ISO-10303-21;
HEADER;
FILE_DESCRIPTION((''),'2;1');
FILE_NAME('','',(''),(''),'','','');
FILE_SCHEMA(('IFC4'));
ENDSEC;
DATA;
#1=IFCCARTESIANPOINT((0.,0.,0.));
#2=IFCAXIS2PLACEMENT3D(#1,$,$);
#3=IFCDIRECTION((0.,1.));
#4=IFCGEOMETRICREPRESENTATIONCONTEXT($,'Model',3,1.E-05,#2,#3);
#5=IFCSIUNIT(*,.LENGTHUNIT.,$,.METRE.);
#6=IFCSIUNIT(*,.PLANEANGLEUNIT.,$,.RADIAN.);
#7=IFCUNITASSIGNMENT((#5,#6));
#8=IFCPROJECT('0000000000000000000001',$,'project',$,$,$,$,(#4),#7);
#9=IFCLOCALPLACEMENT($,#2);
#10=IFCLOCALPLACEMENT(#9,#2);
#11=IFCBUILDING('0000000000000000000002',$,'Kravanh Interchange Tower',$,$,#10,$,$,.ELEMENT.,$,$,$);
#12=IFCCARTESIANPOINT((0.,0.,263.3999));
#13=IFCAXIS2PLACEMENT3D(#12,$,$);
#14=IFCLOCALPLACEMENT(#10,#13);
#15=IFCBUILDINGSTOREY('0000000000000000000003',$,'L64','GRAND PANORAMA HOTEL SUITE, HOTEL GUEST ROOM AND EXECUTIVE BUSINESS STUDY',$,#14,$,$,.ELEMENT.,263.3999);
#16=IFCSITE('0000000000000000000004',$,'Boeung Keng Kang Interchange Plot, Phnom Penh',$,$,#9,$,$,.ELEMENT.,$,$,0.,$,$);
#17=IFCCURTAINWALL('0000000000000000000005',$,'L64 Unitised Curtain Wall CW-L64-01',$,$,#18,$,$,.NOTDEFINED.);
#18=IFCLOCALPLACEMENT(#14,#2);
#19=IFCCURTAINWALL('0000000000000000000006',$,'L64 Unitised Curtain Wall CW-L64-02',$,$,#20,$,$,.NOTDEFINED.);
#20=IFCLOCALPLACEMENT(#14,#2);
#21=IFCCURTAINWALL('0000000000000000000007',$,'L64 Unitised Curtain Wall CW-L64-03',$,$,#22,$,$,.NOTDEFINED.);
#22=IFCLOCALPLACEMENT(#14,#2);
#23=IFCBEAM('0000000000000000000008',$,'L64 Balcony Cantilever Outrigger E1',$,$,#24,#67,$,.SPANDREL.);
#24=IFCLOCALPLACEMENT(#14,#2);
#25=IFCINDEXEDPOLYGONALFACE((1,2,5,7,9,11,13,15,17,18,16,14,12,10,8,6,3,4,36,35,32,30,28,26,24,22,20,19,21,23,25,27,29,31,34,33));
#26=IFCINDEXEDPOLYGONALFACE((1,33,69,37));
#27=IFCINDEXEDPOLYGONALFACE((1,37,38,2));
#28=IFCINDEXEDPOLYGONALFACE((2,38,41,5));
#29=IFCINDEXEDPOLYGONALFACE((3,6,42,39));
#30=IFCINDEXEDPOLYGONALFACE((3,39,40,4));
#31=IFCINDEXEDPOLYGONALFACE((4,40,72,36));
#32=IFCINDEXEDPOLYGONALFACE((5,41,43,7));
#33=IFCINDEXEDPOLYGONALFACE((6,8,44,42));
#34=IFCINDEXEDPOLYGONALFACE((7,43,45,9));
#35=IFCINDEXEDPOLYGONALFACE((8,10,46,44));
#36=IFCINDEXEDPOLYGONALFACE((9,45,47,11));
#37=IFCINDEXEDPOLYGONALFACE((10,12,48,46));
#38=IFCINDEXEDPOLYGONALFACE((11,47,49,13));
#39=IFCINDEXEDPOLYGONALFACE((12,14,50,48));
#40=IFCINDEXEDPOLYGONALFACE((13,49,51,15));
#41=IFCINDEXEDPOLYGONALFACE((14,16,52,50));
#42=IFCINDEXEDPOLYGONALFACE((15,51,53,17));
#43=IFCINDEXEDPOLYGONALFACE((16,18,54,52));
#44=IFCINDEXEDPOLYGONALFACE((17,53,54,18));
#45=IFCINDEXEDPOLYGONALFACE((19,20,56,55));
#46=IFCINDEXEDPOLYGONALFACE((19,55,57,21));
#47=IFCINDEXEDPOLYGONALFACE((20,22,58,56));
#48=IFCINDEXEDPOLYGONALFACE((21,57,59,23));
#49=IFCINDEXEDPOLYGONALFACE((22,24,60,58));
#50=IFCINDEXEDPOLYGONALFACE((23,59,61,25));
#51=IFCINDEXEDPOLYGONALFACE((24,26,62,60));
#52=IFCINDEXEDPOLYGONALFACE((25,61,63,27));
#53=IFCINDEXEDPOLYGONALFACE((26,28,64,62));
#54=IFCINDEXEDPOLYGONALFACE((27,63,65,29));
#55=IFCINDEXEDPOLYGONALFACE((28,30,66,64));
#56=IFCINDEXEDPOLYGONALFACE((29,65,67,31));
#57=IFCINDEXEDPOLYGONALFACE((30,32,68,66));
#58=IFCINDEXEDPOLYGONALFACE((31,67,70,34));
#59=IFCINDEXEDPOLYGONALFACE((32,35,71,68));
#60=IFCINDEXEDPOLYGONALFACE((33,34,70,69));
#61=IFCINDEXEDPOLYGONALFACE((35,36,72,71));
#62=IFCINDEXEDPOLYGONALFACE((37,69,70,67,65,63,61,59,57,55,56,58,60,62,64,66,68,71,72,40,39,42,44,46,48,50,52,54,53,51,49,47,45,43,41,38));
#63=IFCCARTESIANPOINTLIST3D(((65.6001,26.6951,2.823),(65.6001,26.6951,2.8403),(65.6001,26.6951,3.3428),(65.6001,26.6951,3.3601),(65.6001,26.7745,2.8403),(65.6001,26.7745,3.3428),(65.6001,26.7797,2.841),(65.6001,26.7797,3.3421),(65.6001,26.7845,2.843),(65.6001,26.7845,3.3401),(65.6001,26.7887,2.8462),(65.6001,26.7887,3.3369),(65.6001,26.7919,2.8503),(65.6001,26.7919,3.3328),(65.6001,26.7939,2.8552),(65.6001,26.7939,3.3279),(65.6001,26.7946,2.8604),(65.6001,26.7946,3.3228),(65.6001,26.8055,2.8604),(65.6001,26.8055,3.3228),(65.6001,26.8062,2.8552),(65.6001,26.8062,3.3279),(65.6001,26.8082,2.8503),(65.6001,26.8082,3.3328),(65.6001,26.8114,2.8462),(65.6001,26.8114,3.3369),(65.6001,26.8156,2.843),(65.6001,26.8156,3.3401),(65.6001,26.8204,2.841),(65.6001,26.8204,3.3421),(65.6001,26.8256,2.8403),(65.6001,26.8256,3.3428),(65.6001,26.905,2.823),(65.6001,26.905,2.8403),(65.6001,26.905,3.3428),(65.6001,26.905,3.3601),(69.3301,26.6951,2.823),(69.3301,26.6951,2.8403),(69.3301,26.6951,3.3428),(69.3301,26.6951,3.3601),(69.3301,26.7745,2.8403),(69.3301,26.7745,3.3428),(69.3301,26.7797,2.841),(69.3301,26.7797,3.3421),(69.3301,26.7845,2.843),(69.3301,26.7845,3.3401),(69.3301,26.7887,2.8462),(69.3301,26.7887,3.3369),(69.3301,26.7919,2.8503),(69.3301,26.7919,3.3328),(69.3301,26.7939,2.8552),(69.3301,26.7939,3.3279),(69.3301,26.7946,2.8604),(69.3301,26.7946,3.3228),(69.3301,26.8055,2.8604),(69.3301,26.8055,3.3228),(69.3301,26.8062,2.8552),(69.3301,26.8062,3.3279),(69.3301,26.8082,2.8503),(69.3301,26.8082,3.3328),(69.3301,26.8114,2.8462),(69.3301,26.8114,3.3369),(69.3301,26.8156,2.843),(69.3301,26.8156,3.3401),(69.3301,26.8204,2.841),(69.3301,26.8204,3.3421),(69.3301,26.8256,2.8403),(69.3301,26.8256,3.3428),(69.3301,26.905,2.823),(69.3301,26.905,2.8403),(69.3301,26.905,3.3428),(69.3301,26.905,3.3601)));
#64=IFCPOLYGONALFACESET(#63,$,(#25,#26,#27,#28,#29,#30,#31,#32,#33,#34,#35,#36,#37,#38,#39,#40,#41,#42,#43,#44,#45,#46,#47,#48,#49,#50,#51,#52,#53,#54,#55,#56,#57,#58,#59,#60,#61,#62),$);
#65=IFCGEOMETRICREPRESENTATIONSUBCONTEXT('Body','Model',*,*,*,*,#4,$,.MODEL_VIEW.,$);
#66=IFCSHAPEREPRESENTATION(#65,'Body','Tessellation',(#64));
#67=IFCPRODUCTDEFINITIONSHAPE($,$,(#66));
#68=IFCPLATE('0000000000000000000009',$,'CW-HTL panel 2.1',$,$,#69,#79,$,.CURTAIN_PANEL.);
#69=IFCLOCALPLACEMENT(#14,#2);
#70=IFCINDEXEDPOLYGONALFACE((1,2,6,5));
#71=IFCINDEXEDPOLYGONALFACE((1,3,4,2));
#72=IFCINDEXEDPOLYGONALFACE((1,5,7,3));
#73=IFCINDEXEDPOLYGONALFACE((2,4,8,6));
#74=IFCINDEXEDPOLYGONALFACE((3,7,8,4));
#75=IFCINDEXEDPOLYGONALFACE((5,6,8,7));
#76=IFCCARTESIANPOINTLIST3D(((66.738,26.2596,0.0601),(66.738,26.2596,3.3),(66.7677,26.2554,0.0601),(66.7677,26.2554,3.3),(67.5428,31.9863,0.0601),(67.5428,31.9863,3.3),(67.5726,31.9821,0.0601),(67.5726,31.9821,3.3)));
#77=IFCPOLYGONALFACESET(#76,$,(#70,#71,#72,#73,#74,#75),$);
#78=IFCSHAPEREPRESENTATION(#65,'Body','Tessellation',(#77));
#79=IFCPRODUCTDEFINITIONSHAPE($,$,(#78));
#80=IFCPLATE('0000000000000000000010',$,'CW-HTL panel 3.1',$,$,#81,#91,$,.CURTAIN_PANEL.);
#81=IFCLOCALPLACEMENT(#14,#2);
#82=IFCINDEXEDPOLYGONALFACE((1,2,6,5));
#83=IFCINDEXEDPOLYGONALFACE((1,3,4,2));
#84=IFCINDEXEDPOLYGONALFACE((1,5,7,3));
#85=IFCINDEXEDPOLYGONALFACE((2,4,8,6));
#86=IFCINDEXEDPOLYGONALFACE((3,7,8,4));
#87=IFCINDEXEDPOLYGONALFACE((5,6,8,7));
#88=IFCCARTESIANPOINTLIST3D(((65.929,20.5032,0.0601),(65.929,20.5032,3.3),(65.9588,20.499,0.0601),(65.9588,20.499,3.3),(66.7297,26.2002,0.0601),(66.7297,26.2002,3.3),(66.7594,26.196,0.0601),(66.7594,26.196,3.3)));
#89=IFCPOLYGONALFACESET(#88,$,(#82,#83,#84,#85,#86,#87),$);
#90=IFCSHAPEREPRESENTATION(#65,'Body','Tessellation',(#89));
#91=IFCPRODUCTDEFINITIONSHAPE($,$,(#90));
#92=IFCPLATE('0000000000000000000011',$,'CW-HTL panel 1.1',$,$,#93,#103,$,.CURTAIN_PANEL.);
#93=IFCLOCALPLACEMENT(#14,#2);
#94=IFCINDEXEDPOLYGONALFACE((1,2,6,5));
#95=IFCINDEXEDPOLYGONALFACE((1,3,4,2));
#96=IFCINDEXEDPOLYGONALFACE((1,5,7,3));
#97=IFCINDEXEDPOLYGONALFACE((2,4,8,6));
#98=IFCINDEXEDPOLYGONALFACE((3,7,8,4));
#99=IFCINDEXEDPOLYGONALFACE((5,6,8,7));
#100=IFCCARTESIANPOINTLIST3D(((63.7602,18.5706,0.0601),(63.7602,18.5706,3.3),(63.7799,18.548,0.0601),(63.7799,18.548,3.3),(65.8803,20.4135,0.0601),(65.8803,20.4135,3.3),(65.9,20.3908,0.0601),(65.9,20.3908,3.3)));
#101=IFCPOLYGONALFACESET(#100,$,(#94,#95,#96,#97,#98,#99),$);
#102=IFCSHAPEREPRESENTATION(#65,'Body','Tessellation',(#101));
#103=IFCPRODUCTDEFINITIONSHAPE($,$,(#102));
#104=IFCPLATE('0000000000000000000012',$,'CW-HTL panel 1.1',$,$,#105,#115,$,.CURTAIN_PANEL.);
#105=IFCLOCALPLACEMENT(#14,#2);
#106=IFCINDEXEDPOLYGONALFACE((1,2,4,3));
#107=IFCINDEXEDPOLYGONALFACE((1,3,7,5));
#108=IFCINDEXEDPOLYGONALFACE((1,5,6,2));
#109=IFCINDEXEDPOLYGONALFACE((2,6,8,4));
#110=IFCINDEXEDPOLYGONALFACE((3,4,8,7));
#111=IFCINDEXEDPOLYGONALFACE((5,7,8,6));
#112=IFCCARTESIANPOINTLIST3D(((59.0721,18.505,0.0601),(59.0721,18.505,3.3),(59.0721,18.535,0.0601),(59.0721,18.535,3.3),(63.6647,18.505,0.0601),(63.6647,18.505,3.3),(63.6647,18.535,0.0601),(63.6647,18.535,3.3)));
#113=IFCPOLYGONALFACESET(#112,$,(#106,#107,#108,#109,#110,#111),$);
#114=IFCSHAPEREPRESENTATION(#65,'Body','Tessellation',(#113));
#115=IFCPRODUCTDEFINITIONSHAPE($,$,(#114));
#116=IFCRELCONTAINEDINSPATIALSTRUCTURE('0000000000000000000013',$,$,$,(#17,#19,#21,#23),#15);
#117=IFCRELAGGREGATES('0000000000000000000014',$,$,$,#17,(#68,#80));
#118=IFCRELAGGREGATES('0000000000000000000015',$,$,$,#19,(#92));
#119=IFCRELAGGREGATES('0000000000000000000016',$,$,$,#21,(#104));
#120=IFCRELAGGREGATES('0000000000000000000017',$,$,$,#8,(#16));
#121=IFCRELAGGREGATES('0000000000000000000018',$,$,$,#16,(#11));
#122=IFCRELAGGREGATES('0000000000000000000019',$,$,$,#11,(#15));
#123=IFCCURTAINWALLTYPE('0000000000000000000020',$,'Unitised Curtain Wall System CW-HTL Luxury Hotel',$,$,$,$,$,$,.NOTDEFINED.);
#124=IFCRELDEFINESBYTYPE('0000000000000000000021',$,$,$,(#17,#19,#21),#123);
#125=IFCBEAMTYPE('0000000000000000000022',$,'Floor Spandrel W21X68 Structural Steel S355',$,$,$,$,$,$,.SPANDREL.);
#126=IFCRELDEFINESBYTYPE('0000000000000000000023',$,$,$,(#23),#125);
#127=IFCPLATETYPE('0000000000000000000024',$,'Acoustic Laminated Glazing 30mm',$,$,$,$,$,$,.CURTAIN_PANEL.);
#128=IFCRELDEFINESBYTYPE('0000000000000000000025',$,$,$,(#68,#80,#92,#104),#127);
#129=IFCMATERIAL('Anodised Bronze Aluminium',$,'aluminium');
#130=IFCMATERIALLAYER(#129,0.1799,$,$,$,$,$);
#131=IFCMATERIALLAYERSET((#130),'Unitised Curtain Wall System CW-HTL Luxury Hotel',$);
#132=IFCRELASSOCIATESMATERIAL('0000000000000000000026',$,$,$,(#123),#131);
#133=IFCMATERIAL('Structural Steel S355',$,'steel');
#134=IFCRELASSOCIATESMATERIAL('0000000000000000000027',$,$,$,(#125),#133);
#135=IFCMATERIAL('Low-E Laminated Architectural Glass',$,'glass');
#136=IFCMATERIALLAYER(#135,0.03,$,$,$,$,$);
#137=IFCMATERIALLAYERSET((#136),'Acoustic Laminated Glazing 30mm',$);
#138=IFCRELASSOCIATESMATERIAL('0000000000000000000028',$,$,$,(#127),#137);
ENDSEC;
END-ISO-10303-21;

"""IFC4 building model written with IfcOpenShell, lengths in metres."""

from ifc_helpers import new_model, si_unit, direction, frame, origin, origin_2d, place, context, subcontext, project, spatial, rectangle, i_section, extrude, material, layer, layer_set, material_profile, profile_set, type_object, element, aggregate, save


model = new_model("IFC4")

# Units and contexts
model_context = context("Model", 3, precision=1e-05, world=origin(), true_north=direction((0.0, 1.0)))
body_context = subcontext(model_context, "Body", "Model", "MODEL_VIEW")
ifc_project = project(units=[si_unit("LENGTHUNIT", "METRE"), si_unit("PLANEANGLEUNIT", "RADIAN")], contexts=[model_context])

# Site, building, storey
site_placement = place(None, origin())
site = spatial("IfcSite", under=ifc_project, at=site_placement, Name="Boeung Keng Kang Interchange Plot, Phnom Penh", CompositionType="ELEMENT", RefElevation=0.0)
building_placement = place(site_placement, origin())
building = spatial("IfcBuilding", under=site, at=building_placement, Name="Kravanh Interchange Tower", CompositionType="ELEMENT")
storey_placement = place(building_placement, frame((0.0, 0.0, 263.3999)))
storey = spatial("IfcBuildingStorey", under=building, at=storey_placement, Name="L64", Description="GRAND PANORAMA HOTEL SUITE, HOTEL GUEST ROOM AND EXECUTIVE BUSINESS STUDY", CompositionType="ELEMENT", Elevation=263.3999)

# Curtain walls
ifc_material_1 = material(Name="Anodised Bronze Aluminium", Category="aluminium")
ifc_layer_1 = layer(ifc_material_1, 0.1799)
ifc_layer_set_1 = layer_set([ifc_layer_1], Name="Unitised Curtain Wall System CW-HTL Luxury Hotel")
curtain_wall_type = type_object("IfcCurtainWallType", Name="Unitised Curtain Wall System CW-HTL Luxury Hotel", PredefinedType="NOTDEFINED", material=ifc_layer_set_1)
curtain_wall_1_placement = place(storey_placement, origin())
curtain_wall_1 = element("IfcCurtainWall", 1, at=curtain_wall_1_placement, inside=storey, type_object=curtain_wall_type, Name="L64 Unitised Curtain Wall CW-L64-01", PredefinedType="NOTDEFINED")
curtain_wall_2_placement = place(storey_placement, origin())
curtain_wall_2 = element("IfcCurtainWall", 2, at=curtain_wall_2_placement, inside=storey, type_object=curtain_wall_type, Name="L64 Unitised Curtain Wall CW-L64-02", PredefinedType="NOTDEFINED")
curtain_wall_3_placement = place(storey_placement, origin())
curtain_wall_3 = element("IfcCurtainWall", 3, at=curtain_wall_3_placement, inside=storey, type_object=curtain_wall_type, Name="L64 Unitised Curtain Wall CW-L64-03", PredefinedType="NOTDEFINED")

# Beam
ifc_material_2 = material(Name="Structural Steel S355", Category="steel")
ifc_material_profile_1 = material_profile(ifc_material_2, i_section(OverallWidth=0.21, OverallDepth=0.5371, WebThickness=0.011, FlangeThickness=0.0173, FilletRadius=0.02, at=origin_2d()), Name="W21X68")
ifc_profile_set_1 = profile_set([ifc_material_profile_1], Name="Structural Steel S355")
beam_type_1 = type_object("IfcBeamType", Name="Floor Spandrel W21X68 Structural Steel S355", PredefinedType="SPANDREL", material=ifc_profile_set_1)
beam_1_placement = place(storey_placement, frame((65.6001, 26.8, 3.0916), z_axis=(1.0, 0.0, 0.0), x_axis=(0.0, 1.0, 0.0)))
element("IfcBeam", 4, at=beam_1_placement, inside=storey, type_object=beam_type_1, Name="L64 Balcony Cantilever Outrigger E1", PredefinedType="SPANDREL", context=body_context, shape_type="SweptSolid", body=[
    extrude(i_section(OverallWidth=0.21, OverallDepth=0.5371, WebThickness=0.011, FlangeThickness=0.0173, FilletRadius=0.02, at=origin_2d()), origin(), (0.0, 0.0, 1.0), 3.73),
])

# Plates
ifc_material_3 = material(Name="Low-E Laminated Architectural Glass", Category="glass")
ifc_layer_2 = layer(ifc_material_3, 0.03)
ifc_layer_set_2 = layer_set([ifc_layer_2], Name="Acoustic Laminated Glazing 30mm")
plate_type = type_object("IfcPlateType", Name="Acoustic Laminated Glazing 30mm", PredefinedType="CURTAIN_PANEL", material=ifc_layer_set_2)
plate_1_placement = place(storey_placement, frame((67.1553, 29.1208, 0.0601), z_axis=(0.0, 0.0, 1.0), x_axis=(-0.139175, -0.990268, 0.0)))
plate_1 = element("IfcPlate", 5, at=plate_1_placement, type_object=plate_type, Name="CW-HTL panel 2.1", PredefinedType="CURTAIN_PANEL", context=body_context, shape_type="SweptSolid", body=[
    extrude(rectangle(XDim=5.783, YDim=0.03, at=origin_2d()), origin(), (0.0, 0.0, 1.0), 3.24),
])
plate_2_placement = place(storey_placement, frame((66.3442, 23.3496, 0.0601), z_axis=(0.0, 0.0, 1.0), x_axis=(-0.139175, -0.990268, 0.0)))
plate_2 = element("IfcPlate", 6, at=plate_2_placement, type_object=plate_type, Name="CW-HTL panel 3.1", PredefinedType="CURTAIN_PANEL", context=body_context, shape_type="SweptSolid", body=[
    extrude(rectangle(XDim=5.7529, YDim=0.03, at=origin_2d()), origin(), (0.0, 0.0, 1.0), 3.24),
])
aggregate(curtain_wall_1, [plate_1, plate_2])
plate_3_placement = place(storey_placement, frame((64.8301, 19.4807, 0.0601), z_axis=(0.0, 0.0, 1.0), x_axis=(-0.754732, -0.656033, 0.0)))
plate_3 = element("IfcPlate", 7, at=plate_3_placement, type_object=plate_type, Name="CW-HTL panel 1.1", PredefinedType="CURTAIN_PANEL", context=body_context, shape_type="SweptSolid", body=[
    extrude(rectangle(XDim=2.8091, YDim=0.03, at=origin_2d()), origin(), (0.0, 0.0, 1.0), 3.24),
])
aggregate(curtain_wall_2, [plate_3])
plate_4_placement = place(storey_placement, frame((61.3684, 18.52, 0.0601), z_axis=(0.0, 0.0, 1.0), x_axis=(-1.0, 0.0, 0.0)))
plate_4 = element("IfcPlate", 8, at=plate_4_placement, type_object=plate_type, Name="CW-HTL panel 1.1", PredefinedType="CURTAIN_PANEL", context=body_context, shape_type="SweptSolid", body=[
    extrude(rectangle(XDim=4.5925, YDim=0.03, at=origin_2d()), origin(), (0.0, 0.0, 1.0), 3.24),
])
aggregate(curtain_wall_3, [plate_4])

save(model, "model.ifc")
